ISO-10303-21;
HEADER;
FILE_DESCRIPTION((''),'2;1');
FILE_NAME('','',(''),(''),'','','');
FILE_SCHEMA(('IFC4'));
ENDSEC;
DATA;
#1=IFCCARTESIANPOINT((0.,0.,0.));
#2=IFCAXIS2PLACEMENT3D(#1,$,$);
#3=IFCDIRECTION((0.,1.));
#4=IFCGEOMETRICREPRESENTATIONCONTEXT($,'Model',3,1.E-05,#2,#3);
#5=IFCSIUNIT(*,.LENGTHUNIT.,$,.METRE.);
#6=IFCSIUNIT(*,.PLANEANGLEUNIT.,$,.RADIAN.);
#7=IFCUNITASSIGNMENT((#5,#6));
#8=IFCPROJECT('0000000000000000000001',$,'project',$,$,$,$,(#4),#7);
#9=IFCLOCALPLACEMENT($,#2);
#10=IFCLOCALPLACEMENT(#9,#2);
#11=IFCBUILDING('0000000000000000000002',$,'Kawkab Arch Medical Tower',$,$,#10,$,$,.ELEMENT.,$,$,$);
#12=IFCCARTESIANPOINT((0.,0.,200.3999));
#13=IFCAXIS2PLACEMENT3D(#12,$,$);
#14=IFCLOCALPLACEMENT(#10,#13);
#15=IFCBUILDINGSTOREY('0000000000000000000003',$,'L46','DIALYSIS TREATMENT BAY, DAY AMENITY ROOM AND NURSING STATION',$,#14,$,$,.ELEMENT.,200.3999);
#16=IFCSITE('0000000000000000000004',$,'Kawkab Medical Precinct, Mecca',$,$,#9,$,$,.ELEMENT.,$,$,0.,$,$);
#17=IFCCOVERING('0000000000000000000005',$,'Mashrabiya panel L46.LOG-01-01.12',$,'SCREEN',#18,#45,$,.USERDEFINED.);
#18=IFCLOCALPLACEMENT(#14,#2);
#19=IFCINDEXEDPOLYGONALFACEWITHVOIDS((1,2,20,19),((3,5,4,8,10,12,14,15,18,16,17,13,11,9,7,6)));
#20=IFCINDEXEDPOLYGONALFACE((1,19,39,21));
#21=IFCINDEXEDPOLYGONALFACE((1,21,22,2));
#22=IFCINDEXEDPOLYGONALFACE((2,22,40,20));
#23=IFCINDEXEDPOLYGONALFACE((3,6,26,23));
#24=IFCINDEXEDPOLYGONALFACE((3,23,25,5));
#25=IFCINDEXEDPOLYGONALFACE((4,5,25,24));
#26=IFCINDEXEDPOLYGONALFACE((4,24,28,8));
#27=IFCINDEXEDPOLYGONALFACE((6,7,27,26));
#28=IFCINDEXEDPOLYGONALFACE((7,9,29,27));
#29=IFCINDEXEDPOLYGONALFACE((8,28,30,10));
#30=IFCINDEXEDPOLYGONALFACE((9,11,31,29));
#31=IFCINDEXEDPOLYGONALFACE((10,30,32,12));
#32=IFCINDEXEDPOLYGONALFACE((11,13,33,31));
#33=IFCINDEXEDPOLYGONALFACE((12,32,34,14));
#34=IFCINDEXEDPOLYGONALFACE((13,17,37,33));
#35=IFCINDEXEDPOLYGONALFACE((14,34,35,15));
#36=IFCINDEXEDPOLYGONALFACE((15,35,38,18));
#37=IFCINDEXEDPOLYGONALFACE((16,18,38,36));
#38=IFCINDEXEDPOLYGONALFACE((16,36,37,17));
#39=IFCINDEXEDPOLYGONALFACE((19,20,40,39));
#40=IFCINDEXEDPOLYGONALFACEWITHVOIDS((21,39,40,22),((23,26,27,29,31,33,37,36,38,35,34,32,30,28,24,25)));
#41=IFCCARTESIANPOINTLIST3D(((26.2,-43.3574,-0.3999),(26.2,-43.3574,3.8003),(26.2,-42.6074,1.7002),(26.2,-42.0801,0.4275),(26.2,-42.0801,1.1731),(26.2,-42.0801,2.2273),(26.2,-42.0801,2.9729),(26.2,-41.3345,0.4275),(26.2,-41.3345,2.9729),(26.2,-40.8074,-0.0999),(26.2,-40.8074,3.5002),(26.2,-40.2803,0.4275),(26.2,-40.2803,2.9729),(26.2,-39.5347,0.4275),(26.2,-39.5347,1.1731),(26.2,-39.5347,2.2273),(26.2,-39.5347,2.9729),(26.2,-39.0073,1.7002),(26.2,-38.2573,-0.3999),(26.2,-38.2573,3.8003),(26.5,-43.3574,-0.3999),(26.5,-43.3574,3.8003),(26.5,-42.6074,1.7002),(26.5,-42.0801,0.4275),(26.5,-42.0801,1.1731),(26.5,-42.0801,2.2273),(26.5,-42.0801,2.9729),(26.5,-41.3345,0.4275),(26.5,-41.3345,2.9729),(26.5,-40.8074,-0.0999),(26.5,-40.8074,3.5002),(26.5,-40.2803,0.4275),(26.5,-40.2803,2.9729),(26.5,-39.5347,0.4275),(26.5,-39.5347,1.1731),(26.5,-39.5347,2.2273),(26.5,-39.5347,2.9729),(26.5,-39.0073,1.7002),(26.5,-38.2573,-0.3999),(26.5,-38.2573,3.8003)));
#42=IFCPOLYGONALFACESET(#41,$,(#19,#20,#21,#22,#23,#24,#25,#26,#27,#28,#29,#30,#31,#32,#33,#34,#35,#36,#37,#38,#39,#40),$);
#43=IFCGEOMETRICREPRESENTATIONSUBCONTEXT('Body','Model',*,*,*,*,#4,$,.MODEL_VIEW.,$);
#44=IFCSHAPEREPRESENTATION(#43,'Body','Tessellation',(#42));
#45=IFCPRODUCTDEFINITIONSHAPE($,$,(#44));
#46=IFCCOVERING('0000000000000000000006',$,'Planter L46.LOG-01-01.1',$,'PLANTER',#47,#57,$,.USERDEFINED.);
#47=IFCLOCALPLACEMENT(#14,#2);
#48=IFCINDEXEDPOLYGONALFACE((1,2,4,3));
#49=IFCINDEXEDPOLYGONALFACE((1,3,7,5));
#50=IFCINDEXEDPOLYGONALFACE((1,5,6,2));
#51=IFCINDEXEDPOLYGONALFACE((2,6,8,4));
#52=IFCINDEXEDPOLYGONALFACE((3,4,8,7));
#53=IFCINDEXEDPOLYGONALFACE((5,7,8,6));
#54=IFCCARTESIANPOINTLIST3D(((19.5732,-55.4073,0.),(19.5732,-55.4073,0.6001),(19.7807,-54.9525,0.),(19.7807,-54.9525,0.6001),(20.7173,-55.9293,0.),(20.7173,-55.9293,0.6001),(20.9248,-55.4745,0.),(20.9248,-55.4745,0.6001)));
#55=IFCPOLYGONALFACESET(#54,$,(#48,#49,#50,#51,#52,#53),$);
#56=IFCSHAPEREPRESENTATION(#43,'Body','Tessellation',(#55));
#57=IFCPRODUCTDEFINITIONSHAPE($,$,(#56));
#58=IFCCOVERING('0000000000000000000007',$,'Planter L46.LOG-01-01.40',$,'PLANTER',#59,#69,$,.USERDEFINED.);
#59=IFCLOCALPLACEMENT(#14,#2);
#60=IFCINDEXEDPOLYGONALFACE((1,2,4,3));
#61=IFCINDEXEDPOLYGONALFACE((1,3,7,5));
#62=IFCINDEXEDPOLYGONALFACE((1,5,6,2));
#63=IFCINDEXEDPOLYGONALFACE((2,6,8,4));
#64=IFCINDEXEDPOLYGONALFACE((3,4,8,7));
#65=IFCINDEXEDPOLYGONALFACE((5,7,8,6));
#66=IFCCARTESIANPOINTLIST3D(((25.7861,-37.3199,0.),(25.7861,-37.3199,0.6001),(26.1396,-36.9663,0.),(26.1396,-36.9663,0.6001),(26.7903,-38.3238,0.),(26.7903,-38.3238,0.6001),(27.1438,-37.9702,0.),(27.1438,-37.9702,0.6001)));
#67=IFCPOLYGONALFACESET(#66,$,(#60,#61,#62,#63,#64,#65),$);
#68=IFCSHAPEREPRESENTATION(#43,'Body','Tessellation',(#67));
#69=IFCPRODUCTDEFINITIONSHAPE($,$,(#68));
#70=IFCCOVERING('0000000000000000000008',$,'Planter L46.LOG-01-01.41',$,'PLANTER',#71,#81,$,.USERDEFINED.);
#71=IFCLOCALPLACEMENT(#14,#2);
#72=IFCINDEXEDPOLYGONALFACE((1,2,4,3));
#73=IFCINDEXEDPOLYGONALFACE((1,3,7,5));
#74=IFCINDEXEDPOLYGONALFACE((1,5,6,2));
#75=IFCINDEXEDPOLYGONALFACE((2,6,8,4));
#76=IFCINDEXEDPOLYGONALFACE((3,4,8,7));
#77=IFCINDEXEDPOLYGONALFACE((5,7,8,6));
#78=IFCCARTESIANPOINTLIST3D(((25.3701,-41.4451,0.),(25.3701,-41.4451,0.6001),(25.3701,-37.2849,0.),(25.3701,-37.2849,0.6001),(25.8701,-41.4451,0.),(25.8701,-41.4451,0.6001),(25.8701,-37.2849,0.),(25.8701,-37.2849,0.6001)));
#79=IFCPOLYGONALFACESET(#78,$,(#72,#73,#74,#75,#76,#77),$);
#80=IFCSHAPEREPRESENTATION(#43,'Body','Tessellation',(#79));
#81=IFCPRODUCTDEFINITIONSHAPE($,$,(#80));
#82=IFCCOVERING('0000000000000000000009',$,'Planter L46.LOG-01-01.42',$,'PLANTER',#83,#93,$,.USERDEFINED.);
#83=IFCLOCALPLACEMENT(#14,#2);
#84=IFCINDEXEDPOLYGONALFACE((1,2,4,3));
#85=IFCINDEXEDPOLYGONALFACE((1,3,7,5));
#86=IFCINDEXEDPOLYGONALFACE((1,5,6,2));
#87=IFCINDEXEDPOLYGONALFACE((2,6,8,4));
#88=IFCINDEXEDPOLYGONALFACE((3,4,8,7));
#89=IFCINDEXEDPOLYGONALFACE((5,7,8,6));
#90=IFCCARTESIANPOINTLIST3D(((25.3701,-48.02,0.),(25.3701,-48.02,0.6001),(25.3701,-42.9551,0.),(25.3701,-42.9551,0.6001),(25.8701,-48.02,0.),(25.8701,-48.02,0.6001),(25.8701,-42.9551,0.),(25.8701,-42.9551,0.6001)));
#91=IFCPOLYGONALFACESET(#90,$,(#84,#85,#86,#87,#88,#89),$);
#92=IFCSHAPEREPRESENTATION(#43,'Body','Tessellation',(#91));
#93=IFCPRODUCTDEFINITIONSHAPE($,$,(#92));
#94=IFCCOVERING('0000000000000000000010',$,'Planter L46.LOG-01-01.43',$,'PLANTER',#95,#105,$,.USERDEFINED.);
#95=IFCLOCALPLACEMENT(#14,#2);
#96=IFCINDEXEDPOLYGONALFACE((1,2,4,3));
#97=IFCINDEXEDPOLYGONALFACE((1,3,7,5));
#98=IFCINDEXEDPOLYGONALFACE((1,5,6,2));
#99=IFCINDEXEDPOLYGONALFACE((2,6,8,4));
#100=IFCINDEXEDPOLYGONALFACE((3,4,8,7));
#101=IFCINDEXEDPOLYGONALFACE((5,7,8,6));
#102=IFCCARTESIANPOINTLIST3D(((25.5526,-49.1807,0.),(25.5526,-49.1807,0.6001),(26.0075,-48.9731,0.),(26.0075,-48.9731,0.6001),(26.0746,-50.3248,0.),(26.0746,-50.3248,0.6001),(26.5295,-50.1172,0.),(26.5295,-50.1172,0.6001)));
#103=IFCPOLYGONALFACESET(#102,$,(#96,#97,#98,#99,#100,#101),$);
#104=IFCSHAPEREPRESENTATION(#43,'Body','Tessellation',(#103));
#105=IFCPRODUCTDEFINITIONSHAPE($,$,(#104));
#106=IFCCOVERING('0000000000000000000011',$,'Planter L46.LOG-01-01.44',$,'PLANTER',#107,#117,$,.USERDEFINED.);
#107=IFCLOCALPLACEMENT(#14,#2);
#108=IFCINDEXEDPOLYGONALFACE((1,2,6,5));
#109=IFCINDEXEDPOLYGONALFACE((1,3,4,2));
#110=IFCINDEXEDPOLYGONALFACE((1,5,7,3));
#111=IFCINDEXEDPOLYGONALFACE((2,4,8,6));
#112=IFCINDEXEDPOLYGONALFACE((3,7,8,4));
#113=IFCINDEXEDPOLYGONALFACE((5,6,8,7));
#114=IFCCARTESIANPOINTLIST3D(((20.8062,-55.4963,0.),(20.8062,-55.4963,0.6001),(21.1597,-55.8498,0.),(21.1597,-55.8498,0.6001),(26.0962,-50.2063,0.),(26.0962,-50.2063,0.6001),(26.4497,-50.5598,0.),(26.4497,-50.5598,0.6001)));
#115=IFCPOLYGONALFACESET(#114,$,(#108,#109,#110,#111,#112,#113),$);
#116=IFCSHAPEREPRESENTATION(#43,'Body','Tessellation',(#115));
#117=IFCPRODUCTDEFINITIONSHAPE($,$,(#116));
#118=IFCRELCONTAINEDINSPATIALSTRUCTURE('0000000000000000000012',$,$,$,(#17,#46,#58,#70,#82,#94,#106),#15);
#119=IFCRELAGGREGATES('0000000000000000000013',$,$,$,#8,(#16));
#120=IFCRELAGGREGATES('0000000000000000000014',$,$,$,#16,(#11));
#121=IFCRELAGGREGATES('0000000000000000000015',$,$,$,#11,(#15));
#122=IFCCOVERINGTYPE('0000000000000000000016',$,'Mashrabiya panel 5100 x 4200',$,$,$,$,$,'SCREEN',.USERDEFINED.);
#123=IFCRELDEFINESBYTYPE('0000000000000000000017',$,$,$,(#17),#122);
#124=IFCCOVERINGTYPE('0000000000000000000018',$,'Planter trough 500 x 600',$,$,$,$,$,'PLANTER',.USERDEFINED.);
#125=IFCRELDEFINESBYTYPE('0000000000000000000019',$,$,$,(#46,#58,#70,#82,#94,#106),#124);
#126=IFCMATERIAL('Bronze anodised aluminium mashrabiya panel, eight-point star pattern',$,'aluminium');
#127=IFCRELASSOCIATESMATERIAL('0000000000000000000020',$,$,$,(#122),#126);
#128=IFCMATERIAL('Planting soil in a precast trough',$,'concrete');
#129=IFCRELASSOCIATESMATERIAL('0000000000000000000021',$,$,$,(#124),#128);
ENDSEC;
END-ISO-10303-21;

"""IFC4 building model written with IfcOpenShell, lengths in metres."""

from ifc_helpers import new_model, si_unit, direction, frame, origin, origin_2d, place, context, subcontext, project, spatial, polyline, rectangle, outline, extrude, material, material_profile, profile_set, type_object, element, save


model = new_model("IFC4")

# Units and contexts
model_context = context("Model", 3, precision=1e-05, world=origin(), true_north=direction((0.0, 1.0)))
body_context = subcontext(model_context, "Body", "Model", "MODEL_VIEW")
ifc_project = project(units=[si_unit("LENGTHUNIT", "METRE"), si_unit("PLANEANGLEUNIT", "RADIAN")], contexts=[model_context])

# Site, building, storey
site_placement = place(None, origin())
site = spatial("IfcSite", under=ifc_project, at=site_placement, Name="Kawkab Medical Precinct, Mecca", CompositionType="ELEMENT", RefElevation=0.0)
building_placement = place(site_placement, origin())
building = spatial("IfcBuilding", under=site, at=building_placement, Name="Kawkab Arch Medical Tower", CompositionType="ELEMENT")
storey_placement = place(building_placement, frame((0.0, 0.0, 200.3999)))
storey = spatial("IfcBuildingStorey", under=building, at=storey_placement, Name="L46", Description="DIALYSIS TREATMENT BAY, DAY AMENITY ROOM AND NURSING STATION", CompositionType="ELEMENT", Elevation=200.3999)

# Coverings
ifc_material_1 = material(Name="Bronze anodised aluminium mashrabiya panel, eight-point star pattern", Category="aluminium")
ifc_material_profile_1 = material_profile(ifc_material_1, outline(polyline([(-2.55, -2.1001), (2.55, -2.1001), (2.55, 2.1001), (-2.55, 2.1001), (-2.55, -2.1001)]), holes=[polyline([(1.8, 0.0), (1.2727, 0.5271), (1.2727, 1.2727), (0.5271, 1.2727), (0.0, 1.8), (-0.5271, 1.2727), (-1.2727, 1.2727), (-1.2727, 0.5271), (-1.8, 0.0), (-1.2727, -0.5271), (-1.2727, -1.2727), (-0.5271, -1.2727), (0.0, -1.8), (0.5271, -1.2727), (1.2727, -1.2727), (1.2727, -0.5271), (1.8, 0.0)])]), Name="Mashrabiya panel 5100x4200")
ifc_profile_set_1 = profile_set([ifc_material_profile_1], Name="Bronze anodised aluminium mashrabiya panel, eight-point star pattern")
covering_type_1 = type_object("IfcCoveringType", Name="Mashrabiya panel 5100 x 4200", ElementType="SCREEN", PredefinedType="USERDEFINED", material=ifc_profile_set_1)
covering_1_placement = place(storey_placement, frame((26.2, -40.8074, 1.7002), z_axis=(1.0, 0.0, 0.0), x_axis=(0.0, 1.0, 0.0)))
element("IfcCovering", 1, at=covering_1_placement, inside=storey, type_object=covering_type_1, Name="Mashrabiya panel L46.LOG-01-01.12", ObjectType="SCREEN", PredefinedType="USERDEFINED", context=body_context, shape_type="SweptSolid", body=[
    extrude(outline(polyline([(-2.55, -2.1001), (2.55, -2.1001), (2.55, 2.1001), (-2.55, 2.1001), (-2.55, -2.1001)]), holes=[polyline([(1.8, 0.0), (1.2727, 0.5271), (1.2727, 1.2727), (0.5271, 1.2727), (0.0, 1.8), (-0.5271, 1.2727), (-1.2727, 1.2727), (-1.2727, 0.5271), (-1.8, 0.0), (-1.2727, -0.5271), (-1.2727, -1.2727), (-0.5271, -1.2727), (0.0, -1.8), (0.5271, -1.2727), (1.2727, -1.2727), (1.2727, -0.5271), (1.8, 0.0)])]), origin(), (0.0, 0.0, 1.0), 0.3),
])
ifc_material_2 = material(Name="Planting soil in a precast trough", Category="concrete")
ifc_material_profile_2 = material_profile(ifc_material_2, rectangle(XDim=0.5, YDim=0.6001, at=origin_2d()), Name="Trough 500x600")
ifc_profile_set_2 = profile_set([ifc_material_profile_2], Name="Planting soil in a precast trough")
covering_type_2 = type_object("IfcCoveringType", Name="Planter trough 500 x 600", ElementType="PLANTER", PredefinedType="USERDEFINED", material=ifc_profile_set_2)
covering_2_placement = place(storey_placement, frame((20.821, -55.7019, 0.3), z_axis=(-0.90978, 0.41509, 0.0), x_axis=(-0.41509, -0.90978, 0.0)))
element("IfcCovering", 2, at=covering_2_placement, inside=storey, type_object=covering_type_2, Name="Planter L46.LOG-01-01.1", ObjectType="PLANTER", PredefinedType="USERDEFINED", context=body_context, shape_type="SweptSolid", body=[
    extrude(rectangle(XDim=0.5, YDim=0.6001, at=origin_2d()), origin(), (0.0, 0.0, 1.0), 1.2576),
])
covering_3_placement = place(storey_placement, frame((26.967, -38.147, 0.3), z_axis=(-0.707193, 0.707021, 0.0), x_axis=(-0.707021, -0.707193, 0.0)))
element("IfcCovering", 3, at=covering_3_placement, inside=storey, type_object=covering_type_2, Name="Planter L46.LOG-01-01.40", ObjectType="PLANTER", PredefinedType="USERDEFINED", context=body_context, shape_type="SweptSolid", body=[
    extrude(rectangle(XDim=0.5, YDim=0.6001, at=origin_2d()), origin(), (0.0, 0.0, 1.0), 1.4199),
])
covering_4_placement = place(storey_placement, frame((25.6201, -37.2849, 0.3), z_axis=(0.0, -1.0, 0.0), x_axis=(1.0, 0.0, 0.0)))
element("IfcCovering", 4, at=covering_4_placement, inside=storey, type_object=covering_type_2, Name="Planter L46.LOG-01-01.41", ObjectType="PLANTER", PredefinedType="USERDEFINED", context=body_context, shape_type="SweptSolid", body=[
    extrude(rectangle(XDim=0.5, YDim=0.6001, at=origin_2d()), origin(), (0.0, 0.0, 1.0), 4.1602),
])
covering_5_placement = place(storey_placement, frame((25.6201, -42.9551, 0.3), z_axis=(0.0, -1.0, 0.0), x_axis=(1.0, 0.0, 0.0)))
element("IfcCovering", 5, at=covering_5_placement, inside=storey, type_object=covering_type_2, Name="Planter L46.LOG-01-01.42", ObjectType="PLANTER", PredefinedType="USERDEFINED", context=body_context, shape_type="SweptSolid", body=[
    extrude(rectangle(XDim=0.5, YDim=0.6001, at=origin_2d()), origin(), (0.0, 0.0, 1.0), 5.0649),
])
covering_6_placement = place(storey_placement, frame((25.78, -49.0769, 0.3), z_axis=(0.41509, -0.90978, 0.0), x_axis=(0.90978, 0.41509, 0.0)))
element("IfcCovering", 6, at=covering_6_placement, inside=storey, type_object=covering_type_2, Name="Planter L46.LOG-01-01.43", ObjectType="PLANTER", PredefinedType="USERDEFINED", context=body_context, shape_type="SweptSolid", body=[
    extrude(rectangle(XDim=0.5, YDim=0.6001, at=origin_2d()), origin(), (0.0, 0.0, 1.0), 1.2576),
])
covering_7_placement = place(storey_placement, frame((26.2729, -50.3831, 0.3), z_axis=(-0.707107, -0.707107, 0.0), x_axis=(0.707107, -0.707107, 0.0)))
element("IfcCovering", 7, at=covering_7_placement, inside=storey, type_object=covering_type_2, Name="Planter L46.LOG-01-01.44", ObjectType="PLANTER", PredefinedType="USERDEFINED", context=body_context, shape_type="SweptSolid", body=[
    extrude(rectangle(XDim=0.5, YDim=0.6001, at=origin_2d()), origin(), (0.0, 0.0, 1.0), 7.4812),
])

save(model, "model.ifc")
